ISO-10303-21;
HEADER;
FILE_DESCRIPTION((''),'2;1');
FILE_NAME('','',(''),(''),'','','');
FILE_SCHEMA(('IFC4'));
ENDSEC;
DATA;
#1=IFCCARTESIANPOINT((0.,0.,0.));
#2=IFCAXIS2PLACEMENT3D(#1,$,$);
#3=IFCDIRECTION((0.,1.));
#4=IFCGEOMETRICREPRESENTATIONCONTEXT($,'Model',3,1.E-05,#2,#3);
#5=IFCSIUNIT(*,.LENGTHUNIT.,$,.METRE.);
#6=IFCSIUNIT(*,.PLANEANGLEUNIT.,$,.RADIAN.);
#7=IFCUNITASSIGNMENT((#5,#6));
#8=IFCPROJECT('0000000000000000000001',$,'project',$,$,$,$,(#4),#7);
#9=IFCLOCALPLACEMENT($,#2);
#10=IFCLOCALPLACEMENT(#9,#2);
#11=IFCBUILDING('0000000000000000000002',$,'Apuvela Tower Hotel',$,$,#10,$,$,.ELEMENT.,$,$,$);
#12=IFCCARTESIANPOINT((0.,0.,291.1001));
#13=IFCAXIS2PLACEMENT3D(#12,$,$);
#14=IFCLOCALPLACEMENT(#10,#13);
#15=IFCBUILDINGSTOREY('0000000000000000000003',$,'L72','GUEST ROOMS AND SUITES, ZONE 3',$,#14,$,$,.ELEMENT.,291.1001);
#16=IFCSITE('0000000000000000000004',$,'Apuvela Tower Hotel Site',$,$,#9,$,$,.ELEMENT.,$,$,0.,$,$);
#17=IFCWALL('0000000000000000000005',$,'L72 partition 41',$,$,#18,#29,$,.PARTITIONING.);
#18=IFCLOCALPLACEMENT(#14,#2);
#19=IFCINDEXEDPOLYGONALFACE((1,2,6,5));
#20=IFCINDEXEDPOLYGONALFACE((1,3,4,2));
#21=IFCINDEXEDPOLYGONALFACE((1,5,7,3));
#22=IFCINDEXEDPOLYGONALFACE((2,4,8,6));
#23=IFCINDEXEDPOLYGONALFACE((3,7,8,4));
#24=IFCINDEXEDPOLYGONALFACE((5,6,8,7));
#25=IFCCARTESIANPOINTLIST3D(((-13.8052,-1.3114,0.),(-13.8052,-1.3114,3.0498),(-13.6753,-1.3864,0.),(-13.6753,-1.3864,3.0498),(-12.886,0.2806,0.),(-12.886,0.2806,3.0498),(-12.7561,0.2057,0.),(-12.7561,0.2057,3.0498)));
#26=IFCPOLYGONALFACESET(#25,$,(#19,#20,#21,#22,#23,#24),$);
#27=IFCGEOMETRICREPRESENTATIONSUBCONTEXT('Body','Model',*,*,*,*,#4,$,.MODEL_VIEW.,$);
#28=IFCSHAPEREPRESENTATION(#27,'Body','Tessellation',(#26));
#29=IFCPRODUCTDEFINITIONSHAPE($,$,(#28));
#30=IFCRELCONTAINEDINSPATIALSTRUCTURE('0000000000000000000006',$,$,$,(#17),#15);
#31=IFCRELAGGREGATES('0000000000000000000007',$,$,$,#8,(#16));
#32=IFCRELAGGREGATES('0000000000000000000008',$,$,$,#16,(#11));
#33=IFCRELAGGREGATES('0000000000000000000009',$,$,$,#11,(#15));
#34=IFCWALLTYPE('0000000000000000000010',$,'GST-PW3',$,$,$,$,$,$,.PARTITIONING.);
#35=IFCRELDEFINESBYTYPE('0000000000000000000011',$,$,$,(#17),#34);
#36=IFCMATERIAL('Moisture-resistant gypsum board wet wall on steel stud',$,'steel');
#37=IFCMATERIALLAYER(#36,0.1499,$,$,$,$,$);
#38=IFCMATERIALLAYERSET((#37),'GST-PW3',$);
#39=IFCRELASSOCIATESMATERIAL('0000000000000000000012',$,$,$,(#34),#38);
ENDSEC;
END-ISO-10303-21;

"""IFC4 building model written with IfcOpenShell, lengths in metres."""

from ifc_helpers import new_model, si_unit, direction, frame, frame_2d, origin, place, context, subcontext, project, spatial, rectangle, extrude, material, layer, layer_set, type_object, element, save


model = new_model("IFC4")

# Units and contexts
model_context = context("Model", 3, precision=1e-05, world=origin(), true_north=direction((0.0, 1.0)))
body_context = subcontext(model_context, "Body", "Model", "MODEL_VIEW")
ifc_project = project(units=[si_unit("LENGTHUNIT", "METRE"), si_unit("PLANEANGLEUNIT", "RADIAN")], contexts=[model_context])

# Site, building, storey
site_placement = place(None, origin())
site = spatial("IfcSite", under=ifc_project, at=site_placement, Name="Apuvela Tower Hotel Site", CompositionType="ELEMENT", RefElevation=0.0)
building_placement = place(site_placement, origin())
building = spatial("IfcBuilding", under=site, at=building_placement, Name="Apuvela Tower Hotel", CompositionType="ELEMENT")
storey_placement = place(building_placement, frame((0.0, 0.0, 291.1001)))
storey = spatial("IfcBuildingStorey", under=building, at=storey_placement, Name="L72", Description="GUEST ROOMS AND SUITES, ZONE 3", CompositionType="ELEMENT", Elevation=291.1001)

# Shared definitions
ifc_material_1 = material(Name="Moisture-resistant gypsum board wet wall on steel stud", Category="steel")
ifc_layer_1 = layer(ifc_material_1, 0.1499)
ifc_layer_set_1 = layer_set([ifc_layer_1], Name="GST-PW3")
wall_type_1 = type_object("IfcWallType", Name="GST-PW3", PredefinedType="PARTITIONING", material=ifc_layer_set_1)

# Wall
wall_1_placement = place(storey_placement, frame((-12.821, 0.2432, 0.0), z_axis=(0.0, 0.0, 1.0), x_axis=(-0.50001, -0.86602, 0.0)))
element("IfcWall", 1, at=wall_1_placement, inside=storey, type_object=wall_type_1, Name="L72 partition 41", PredefinedType="PARTITIONING", context=body_context, shape_type="SweptSolid", body=[
    extrude(rectangle(XDim=1.8384, YDim=0.1499, at=frame_2d((0.9192, 0.0))), origin(), (0.0, 0.0, 1.0), 3.0498),
])

save(model, "model.ifc")
